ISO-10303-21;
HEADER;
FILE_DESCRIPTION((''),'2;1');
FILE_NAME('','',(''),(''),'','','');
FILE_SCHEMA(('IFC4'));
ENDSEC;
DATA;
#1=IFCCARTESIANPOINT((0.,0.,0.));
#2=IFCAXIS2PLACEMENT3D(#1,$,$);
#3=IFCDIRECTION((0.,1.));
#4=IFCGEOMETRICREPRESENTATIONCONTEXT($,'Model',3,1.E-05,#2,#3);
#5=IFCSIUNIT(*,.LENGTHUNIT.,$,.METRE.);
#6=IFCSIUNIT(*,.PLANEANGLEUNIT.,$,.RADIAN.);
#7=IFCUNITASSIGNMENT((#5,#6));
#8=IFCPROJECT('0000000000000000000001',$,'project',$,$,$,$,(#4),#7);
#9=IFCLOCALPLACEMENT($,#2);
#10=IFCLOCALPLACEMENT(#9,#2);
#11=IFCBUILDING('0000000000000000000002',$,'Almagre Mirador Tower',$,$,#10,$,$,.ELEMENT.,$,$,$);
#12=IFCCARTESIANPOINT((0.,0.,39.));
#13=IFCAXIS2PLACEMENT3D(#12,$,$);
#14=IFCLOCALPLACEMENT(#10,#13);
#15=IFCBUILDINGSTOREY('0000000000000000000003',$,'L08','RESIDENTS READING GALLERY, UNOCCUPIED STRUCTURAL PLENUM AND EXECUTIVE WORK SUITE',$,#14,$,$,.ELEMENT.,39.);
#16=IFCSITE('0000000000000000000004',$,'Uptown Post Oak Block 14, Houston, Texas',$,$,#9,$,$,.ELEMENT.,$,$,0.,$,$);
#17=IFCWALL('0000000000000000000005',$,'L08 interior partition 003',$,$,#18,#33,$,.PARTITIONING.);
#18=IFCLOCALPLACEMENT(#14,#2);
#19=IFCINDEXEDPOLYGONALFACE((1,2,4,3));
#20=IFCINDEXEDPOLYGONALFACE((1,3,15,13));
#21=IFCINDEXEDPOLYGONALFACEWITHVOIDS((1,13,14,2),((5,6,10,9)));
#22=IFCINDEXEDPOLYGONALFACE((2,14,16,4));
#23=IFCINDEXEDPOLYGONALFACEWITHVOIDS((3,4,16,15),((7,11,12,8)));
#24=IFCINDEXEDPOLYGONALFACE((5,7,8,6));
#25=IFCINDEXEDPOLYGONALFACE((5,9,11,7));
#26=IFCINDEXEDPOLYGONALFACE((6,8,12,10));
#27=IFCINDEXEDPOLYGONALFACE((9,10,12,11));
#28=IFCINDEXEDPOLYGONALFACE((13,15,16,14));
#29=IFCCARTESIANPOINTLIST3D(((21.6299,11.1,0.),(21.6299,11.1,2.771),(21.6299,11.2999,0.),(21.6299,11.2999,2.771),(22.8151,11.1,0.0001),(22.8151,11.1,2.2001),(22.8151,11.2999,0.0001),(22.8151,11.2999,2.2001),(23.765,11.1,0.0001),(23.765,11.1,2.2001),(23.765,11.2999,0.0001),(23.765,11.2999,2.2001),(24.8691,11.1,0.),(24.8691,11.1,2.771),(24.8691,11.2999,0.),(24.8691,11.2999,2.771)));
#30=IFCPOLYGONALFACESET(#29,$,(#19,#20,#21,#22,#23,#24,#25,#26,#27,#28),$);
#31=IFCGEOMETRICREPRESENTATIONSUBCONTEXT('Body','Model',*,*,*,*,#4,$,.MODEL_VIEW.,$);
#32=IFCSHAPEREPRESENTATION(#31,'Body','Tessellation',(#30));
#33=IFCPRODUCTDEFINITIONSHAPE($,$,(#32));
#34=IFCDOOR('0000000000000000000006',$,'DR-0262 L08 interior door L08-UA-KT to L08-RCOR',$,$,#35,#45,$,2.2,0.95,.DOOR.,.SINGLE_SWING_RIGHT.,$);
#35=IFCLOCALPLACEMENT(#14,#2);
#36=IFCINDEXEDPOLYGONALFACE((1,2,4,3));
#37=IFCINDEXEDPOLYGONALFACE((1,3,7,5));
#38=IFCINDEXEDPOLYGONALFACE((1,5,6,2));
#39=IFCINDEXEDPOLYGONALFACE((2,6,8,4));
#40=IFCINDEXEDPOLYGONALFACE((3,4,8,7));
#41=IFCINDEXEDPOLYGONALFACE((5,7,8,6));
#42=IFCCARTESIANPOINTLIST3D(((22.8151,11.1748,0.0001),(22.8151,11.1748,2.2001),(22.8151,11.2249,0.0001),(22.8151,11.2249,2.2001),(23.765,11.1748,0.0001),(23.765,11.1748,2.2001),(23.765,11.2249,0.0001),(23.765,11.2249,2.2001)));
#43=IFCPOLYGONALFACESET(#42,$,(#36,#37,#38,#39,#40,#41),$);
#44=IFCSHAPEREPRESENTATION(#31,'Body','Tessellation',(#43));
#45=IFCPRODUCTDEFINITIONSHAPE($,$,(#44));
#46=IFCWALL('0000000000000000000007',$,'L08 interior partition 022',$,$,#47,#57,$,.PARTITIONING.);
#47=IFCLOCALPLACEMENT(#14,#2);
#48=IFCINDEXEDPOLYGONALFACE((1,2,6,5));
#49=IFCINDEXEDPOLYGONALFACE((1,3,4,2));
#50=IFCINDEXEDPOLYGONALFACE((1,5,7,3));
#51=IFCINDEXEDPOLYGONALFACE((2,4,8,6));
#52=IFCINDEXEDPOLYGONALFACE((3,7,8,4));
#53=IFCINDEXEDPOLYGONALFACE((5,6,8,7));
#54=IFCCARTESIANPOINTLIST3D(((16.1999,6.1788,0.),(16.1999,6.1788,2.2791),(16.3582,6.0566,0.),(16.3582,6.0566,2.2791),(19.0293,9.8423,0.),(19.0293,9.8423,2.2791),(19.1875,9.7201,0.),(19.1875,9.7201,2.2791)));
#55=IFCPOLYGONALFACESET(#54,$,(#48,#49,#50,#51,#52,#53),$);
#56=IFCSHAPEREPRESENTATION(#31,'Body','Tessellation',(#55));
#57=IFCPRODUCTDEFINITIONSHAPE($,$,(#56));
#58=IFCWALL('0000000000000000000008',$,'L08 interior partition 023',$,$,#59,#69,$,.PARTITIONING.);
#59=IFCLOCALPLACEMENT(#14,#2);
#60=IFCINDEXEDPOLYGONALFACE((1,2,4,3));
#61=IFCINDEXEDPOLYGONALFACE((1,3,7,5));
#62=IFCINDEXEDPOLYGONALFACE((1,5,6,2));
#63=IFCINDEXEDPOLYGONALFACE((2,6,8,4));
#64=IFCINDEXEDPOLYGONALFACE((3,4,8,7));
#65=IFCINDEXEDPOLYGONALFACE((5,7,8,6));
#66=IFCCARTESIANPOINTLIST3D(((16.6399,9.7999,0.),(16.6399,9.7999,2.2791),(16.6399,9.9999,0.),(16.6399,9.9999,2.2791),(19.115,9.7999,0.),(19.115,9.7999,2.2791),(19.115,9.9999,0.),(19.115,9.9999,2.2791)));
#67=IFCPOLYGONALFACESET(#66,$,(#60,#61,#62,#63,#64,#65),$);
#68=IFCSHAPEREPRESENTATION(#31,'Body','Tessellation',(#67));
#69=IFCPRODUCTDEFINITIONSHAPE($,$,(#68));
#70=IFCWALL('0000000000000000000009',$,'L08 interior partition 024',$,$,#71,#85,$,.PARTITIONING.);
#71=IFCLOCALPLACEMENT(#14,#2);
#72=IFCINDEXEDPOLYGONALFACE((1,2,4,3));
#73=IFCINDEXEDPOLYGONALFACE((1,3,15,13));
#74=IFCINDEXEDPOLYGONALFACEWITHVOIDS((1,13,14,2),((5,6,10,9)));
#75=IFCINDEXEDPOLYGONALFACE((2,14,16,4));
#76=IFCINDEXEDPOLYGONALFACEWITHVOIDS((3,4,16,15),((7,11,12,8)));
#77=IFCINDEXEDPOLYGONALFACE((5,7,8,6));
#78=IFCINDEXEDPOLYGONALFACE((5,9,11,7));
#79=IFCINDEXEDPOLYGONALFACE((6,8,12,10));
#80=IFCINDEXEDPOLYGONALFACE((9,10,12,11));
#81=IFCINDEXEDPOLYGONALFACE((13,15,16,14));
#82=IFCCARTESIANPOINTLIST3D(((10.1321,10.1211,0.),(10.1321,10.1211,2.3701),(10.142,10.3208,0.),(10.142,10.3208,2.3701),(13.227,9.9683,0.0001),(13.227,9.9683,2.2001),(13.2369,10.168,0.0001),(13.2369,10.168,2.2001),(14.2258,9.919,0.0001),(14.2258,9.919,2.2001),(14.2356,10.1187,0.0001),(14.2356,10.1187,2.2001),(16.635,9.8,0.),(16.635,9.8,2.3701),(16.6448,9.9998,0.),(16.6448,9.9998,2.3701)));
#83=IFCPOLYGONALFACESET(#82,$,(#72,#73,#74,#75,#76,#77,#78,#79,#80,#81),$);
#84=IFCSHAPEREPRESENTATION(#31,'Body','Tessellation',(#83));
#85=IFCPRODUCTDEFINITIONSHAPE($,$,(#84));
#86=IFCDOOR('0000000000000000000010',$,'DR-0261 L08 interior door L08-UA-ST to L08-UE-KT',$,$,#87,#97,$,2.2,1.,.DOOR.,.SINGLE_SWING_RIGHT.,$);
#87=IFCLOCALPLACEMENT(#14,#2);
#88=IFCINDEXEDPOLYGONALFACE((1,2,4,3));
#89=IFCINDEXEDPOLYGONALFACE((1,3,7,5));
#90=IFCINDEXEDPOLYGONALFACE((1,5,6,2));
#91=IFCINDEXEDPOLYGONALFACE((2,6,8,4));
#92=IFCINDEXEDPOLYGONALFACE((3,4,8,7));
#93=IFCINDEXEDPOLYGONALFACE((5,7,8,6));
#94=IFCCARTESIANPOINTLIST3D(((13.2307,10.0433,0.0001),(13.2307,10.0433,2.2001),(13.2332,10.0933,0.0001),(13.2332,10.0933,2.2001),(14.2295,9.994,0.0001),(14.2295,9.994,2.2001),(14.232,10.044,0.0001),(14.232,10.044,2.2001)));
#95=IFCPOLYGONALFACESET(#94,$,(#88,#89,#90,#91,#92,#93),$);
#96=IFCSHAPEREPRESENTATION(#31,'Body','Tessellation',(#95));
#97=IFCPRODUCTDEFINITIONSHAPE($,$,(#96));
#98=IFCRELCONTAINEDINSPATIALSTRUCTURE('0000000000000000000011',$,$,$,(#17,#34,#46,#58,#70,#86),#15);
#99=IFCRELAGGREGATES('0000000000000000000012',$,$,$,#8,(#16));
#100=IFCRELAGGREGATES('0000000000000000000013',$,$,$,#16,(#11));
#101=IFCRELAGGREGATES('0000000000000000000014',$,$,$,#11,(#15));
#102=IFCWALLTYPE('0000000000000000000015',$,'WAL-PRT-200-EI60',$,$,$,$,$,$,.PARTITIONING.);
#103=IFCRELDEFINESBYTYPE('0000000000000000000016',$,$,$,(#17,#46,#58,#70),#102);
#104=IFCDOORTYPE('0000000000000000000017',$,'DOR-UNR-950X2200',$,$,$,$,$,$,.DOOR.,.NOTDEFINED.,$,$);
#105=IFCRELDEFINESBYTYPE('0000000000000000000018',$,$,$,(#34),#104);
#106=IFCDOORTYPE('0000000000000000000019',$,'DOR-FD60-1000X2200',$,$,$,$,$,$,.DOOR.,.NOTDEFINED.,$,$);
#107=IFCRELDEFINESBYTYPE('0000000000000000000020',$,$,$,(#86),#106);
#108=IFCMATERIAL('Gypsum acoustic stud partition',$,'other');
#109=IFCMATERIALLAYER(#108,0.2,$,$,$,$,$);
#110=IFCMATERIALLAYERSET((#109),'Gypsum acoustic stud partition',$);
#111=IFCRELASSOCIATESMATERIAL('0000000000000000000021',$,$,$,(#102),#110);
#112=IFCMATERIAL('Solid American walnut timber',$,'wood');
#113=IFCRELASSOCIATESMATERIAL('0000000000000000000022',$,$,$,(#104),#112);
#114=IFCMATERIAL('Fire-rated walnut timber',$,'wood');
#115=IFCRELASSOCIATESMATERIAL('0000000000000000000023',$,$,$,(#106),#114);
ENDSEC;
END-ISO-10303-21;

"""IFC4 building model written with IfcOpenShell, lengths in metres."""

from ifc_helpers import new_model, si_unit, direction, frame, frame_2d, origin, place, context, subcontext, project, spatial, rectangle, extrude, material, layer, layer_set, type_object, element, fill, save


model = new_model("IFC4")

# Units and contexts
model_context = context("Model", 3, precision=1e-05, world=origin(), true_north=direction((0.0, 1.0)))
body_context = subcontext(model_context, "Body", "Model", "MODEL_VIEW")
ifc_project = project(units=[si_unit("LENGTHUNIT", "METRE"), si_unit("PLANEANGLEUNIT", "RADIAN")], contexts=[model_context])

# Site, building, storey
site_placement = place(None, origin())
site = spatial("IfcSite", under=ifc_project, at=site_placement, Name="Uptown Post Oak Block 14, Houston, Texas", CompositionType="ELEMENT", RefElevation=0.0)
building_placement = place(site_placement, origin())
building = spatial("IfcBuilding", under=site, at=building_placement, Name="Almagre Mirador Tower", CompositionType="ELEMENT")
storey_placement = place(building_placement, frame((0.0, 0.0, 39.0)))
storey = spatial("IfcBuildingStorey", under=building, at=storey_placement, Name="L08", Description="RESIDENTS READING GALLERY, UNOCCUPIED STRUCTURAL PLENUM AND EXECUTIVE WORK SUITE", CompositionType="ELEMENT", Elevation=39.0)

# Shared definitions
ifc_material_1 = material(Name="Gypsum acoustic stud partition", Category="other")
ifc_layer_1 = layer(ifc_material_1, 0.2)
ifc_layer_set_1 = layer_set([ifc_layer_1], Name="Gypsum acoustic stud partition")
wall_type_1 = type_object("IfcWallType", Name="WAL-PRT-200-EI60", PredefinedType="PARTITIONING", material=ifc_layer_set_1)

# Wall, opening, door
wall_1_placement = place(storey_placement, frame((21.6299, 11.2, 0.0), z_axis=(0.0, 0.0, 1.0), x_axis=(1.0, 0.0, 0.0)))
wall_1 = element("IfcWall", 1, at=wall_1_placement, inside=storey, type_object=wall_type_1, Name="L08 interior partition 003", PredefinedType="PARTITIONING", context=body_context, shape_type="SweptSolid", body=[
    extrude(rectangle(XDim=3.2393, YDim=0.2, at=frame_2d((1.6196, 0.0))), origin(), (0.0, 0.0, 1.0), 2.771),
])
opening_1_placement = place(wall_1_placement, frame((1.1851, 0.0, 0.0)))
opening_1 = element("IfcOpeningElement", 2, at=opening_1_placement, cuts=wall_1, PredefinedType="OPENING", context=body_context, shape_type="SweptSolid", body=[
    extrude(rectangle(XDim=0.95, YDim=2.2, at=frame_2d((0.4751, 1.1001))), frame((0.0, 0.1101, 0.0), z_axis=(0.0, -1.0, 0.0), x_axis=(1.0, 0.0, 0.0)), (0.0, 0.0, 1.0), 0.22),
])
ifc_material_2 = material(Name="Solid American walnut timber", Category="wood")
door_type_1 = type_object("IfcDoorType", Name="DOR-UNR-950X2200", OperationType="NOTDEFINED", PredefinedType="DOOR", material=ifc_material_2)
door_1_placement = place(opening_1_placement, origin())
door_1 = element("IfcDoor", 3, at=door_1_placement, inside=storey, type_object=door_type_1, Name="DR-0262 L08 interior door L08-UA-KT to L08-RCOR", OperationType="SINGLE_SWING_RIGHT", OverallHeight=2.2, OverallWidth=0.95, PredefinedType="DOOR", context=body_context, shape_type="SweptSolid", body=[
    extrude(rectangle(XDim=0.95, YDim=2.2, at=frame_2d((0.4751, 1.1001))), frame((0.0, 0.0249, 0.0), z_axis=(0.0, -1.0, 0.0), x_axis=(1.0, 0.0, 0.0)), (0.0, 0.0, 1.0), 0.05),
])
fill(opening_1, door_1)

# Walls
wall_2_placement = place(storey_placement, frame((16.2791, 6.1177, 0.0), z_axis=(0.0, 0.0, 1.0), x_axis=(0.611231, 0.791452, 0.0)))
element("IfcWall", 4, at=wall_2_placement, inside=storey, type_object=wall_type_1, Name="L08 interior partition 022", PredefinedType="PARTITIONING", context=body_context, shape_type="SweptSolid", body=[
    extrude(rectangle(XDim=4.6289, YDim=0.2, at=frame_2d((2.3145, 0.0))), origin(), (0.0, 0.0, 1.0), 2.2791),
])
wall_3_placement = place(storey_placement, frame((19.115, 9.8999, 0.0), z_axis=(0.0, 0.0, 1.0), x_axis=(-1.0, 0.0, 0.0)))
element("IfcWall", 5, at=wall_3_placement, inside=storey, type_object=wall_type_1, Name="L08 interior partition 023", PredefinedType="PARTITIONING", context=body_context, shape_type="SweptSolid", body=[
    extrude(rectangle(XDim=2.4751, YDim=0.2, at=frame_2d((1.2375, 0.0))), origin(), (0.0, 0.0, 1.0), 2.2791),
])

# Wall, opening, door
wall_4_placement = place(storey_placement, frame((16.6399, 9.8999, 0.0), z_axis=(0.0, 0.0, 1.0), x_axis=(-0.998784, 0.049309, 0.0)))
wall_4 = element("IfcWall", 6, at=wall_4_placement, inside=storey, type_object=wall_type_1, Name="L08 interior partition 024", PredefinedType="PARTITIONING", context=body_context, shape_type="SweptSolid", body=[
    extrude(rectangle(XDim=6.5107, YDim=0.2, at=frame_2d((3.2554, 0.0))), origin(), (0.0, 0.0, 1.0), 2.3701),
])
opening_2_placement = place(wall_4_placement, frame((2.4121, 0.0, 0.0)))
opening_2 = element("IfcOpeningElement", 7, at=opening_2_placement, cuts=wall_4, PredefinedType="OPENING", context=body_context, shape_type="SweptSolid", body=[
    extrude(rectangle(XDim=1.0, YDim=2.2, at=frame_2d((0.5, 1.1001))), frame((0.0, 0.1101, 0.0), z_axis=(0.0, -1.0, 0.0), x_axis=(1.0, 0.0, 0.0)), (0.0, 0.0, 1.0), 0.22),
])
ifc_material_3 = material(Name="Fire-rated walnut timber", Category="wood")
door_type_2 = type_object("IfcDoorType", Name="DOR-FD60-1000X2200", OperationType="NOTDEFINED", PredefinedType="DOOR", material=ifc_material_3)
door_2_placement = place(opening_2_placement, origin())
door_2 = element("IfcDoor", 8, at=door_2_placement, inside=storey, type_object=door_type_2, Name="DR-0261 L08 interior door L08-UA-ST to L08-UE-KT", OperationType="SINGLE_SWING_RIGHT", OverallHeight=2.2, OverallWidth=1.0, PredefinedType="DOOR", context=body_context, shape_type="SweptSolid", body=[
    extrude(rectangle(XDim=1.0, YDim=2.2, at=frame_2d((0.5, 1.1001))), frame((0.0, 0.0249, 0.0), z_axis=(0.0, -1.0, 0.0), x_axis=(1.0, 0.0, 0.0)), (0.0, 0.0, 1.0), 0.05),
])
fill(opening_2, door_2)

save(model, "model.ifc")
